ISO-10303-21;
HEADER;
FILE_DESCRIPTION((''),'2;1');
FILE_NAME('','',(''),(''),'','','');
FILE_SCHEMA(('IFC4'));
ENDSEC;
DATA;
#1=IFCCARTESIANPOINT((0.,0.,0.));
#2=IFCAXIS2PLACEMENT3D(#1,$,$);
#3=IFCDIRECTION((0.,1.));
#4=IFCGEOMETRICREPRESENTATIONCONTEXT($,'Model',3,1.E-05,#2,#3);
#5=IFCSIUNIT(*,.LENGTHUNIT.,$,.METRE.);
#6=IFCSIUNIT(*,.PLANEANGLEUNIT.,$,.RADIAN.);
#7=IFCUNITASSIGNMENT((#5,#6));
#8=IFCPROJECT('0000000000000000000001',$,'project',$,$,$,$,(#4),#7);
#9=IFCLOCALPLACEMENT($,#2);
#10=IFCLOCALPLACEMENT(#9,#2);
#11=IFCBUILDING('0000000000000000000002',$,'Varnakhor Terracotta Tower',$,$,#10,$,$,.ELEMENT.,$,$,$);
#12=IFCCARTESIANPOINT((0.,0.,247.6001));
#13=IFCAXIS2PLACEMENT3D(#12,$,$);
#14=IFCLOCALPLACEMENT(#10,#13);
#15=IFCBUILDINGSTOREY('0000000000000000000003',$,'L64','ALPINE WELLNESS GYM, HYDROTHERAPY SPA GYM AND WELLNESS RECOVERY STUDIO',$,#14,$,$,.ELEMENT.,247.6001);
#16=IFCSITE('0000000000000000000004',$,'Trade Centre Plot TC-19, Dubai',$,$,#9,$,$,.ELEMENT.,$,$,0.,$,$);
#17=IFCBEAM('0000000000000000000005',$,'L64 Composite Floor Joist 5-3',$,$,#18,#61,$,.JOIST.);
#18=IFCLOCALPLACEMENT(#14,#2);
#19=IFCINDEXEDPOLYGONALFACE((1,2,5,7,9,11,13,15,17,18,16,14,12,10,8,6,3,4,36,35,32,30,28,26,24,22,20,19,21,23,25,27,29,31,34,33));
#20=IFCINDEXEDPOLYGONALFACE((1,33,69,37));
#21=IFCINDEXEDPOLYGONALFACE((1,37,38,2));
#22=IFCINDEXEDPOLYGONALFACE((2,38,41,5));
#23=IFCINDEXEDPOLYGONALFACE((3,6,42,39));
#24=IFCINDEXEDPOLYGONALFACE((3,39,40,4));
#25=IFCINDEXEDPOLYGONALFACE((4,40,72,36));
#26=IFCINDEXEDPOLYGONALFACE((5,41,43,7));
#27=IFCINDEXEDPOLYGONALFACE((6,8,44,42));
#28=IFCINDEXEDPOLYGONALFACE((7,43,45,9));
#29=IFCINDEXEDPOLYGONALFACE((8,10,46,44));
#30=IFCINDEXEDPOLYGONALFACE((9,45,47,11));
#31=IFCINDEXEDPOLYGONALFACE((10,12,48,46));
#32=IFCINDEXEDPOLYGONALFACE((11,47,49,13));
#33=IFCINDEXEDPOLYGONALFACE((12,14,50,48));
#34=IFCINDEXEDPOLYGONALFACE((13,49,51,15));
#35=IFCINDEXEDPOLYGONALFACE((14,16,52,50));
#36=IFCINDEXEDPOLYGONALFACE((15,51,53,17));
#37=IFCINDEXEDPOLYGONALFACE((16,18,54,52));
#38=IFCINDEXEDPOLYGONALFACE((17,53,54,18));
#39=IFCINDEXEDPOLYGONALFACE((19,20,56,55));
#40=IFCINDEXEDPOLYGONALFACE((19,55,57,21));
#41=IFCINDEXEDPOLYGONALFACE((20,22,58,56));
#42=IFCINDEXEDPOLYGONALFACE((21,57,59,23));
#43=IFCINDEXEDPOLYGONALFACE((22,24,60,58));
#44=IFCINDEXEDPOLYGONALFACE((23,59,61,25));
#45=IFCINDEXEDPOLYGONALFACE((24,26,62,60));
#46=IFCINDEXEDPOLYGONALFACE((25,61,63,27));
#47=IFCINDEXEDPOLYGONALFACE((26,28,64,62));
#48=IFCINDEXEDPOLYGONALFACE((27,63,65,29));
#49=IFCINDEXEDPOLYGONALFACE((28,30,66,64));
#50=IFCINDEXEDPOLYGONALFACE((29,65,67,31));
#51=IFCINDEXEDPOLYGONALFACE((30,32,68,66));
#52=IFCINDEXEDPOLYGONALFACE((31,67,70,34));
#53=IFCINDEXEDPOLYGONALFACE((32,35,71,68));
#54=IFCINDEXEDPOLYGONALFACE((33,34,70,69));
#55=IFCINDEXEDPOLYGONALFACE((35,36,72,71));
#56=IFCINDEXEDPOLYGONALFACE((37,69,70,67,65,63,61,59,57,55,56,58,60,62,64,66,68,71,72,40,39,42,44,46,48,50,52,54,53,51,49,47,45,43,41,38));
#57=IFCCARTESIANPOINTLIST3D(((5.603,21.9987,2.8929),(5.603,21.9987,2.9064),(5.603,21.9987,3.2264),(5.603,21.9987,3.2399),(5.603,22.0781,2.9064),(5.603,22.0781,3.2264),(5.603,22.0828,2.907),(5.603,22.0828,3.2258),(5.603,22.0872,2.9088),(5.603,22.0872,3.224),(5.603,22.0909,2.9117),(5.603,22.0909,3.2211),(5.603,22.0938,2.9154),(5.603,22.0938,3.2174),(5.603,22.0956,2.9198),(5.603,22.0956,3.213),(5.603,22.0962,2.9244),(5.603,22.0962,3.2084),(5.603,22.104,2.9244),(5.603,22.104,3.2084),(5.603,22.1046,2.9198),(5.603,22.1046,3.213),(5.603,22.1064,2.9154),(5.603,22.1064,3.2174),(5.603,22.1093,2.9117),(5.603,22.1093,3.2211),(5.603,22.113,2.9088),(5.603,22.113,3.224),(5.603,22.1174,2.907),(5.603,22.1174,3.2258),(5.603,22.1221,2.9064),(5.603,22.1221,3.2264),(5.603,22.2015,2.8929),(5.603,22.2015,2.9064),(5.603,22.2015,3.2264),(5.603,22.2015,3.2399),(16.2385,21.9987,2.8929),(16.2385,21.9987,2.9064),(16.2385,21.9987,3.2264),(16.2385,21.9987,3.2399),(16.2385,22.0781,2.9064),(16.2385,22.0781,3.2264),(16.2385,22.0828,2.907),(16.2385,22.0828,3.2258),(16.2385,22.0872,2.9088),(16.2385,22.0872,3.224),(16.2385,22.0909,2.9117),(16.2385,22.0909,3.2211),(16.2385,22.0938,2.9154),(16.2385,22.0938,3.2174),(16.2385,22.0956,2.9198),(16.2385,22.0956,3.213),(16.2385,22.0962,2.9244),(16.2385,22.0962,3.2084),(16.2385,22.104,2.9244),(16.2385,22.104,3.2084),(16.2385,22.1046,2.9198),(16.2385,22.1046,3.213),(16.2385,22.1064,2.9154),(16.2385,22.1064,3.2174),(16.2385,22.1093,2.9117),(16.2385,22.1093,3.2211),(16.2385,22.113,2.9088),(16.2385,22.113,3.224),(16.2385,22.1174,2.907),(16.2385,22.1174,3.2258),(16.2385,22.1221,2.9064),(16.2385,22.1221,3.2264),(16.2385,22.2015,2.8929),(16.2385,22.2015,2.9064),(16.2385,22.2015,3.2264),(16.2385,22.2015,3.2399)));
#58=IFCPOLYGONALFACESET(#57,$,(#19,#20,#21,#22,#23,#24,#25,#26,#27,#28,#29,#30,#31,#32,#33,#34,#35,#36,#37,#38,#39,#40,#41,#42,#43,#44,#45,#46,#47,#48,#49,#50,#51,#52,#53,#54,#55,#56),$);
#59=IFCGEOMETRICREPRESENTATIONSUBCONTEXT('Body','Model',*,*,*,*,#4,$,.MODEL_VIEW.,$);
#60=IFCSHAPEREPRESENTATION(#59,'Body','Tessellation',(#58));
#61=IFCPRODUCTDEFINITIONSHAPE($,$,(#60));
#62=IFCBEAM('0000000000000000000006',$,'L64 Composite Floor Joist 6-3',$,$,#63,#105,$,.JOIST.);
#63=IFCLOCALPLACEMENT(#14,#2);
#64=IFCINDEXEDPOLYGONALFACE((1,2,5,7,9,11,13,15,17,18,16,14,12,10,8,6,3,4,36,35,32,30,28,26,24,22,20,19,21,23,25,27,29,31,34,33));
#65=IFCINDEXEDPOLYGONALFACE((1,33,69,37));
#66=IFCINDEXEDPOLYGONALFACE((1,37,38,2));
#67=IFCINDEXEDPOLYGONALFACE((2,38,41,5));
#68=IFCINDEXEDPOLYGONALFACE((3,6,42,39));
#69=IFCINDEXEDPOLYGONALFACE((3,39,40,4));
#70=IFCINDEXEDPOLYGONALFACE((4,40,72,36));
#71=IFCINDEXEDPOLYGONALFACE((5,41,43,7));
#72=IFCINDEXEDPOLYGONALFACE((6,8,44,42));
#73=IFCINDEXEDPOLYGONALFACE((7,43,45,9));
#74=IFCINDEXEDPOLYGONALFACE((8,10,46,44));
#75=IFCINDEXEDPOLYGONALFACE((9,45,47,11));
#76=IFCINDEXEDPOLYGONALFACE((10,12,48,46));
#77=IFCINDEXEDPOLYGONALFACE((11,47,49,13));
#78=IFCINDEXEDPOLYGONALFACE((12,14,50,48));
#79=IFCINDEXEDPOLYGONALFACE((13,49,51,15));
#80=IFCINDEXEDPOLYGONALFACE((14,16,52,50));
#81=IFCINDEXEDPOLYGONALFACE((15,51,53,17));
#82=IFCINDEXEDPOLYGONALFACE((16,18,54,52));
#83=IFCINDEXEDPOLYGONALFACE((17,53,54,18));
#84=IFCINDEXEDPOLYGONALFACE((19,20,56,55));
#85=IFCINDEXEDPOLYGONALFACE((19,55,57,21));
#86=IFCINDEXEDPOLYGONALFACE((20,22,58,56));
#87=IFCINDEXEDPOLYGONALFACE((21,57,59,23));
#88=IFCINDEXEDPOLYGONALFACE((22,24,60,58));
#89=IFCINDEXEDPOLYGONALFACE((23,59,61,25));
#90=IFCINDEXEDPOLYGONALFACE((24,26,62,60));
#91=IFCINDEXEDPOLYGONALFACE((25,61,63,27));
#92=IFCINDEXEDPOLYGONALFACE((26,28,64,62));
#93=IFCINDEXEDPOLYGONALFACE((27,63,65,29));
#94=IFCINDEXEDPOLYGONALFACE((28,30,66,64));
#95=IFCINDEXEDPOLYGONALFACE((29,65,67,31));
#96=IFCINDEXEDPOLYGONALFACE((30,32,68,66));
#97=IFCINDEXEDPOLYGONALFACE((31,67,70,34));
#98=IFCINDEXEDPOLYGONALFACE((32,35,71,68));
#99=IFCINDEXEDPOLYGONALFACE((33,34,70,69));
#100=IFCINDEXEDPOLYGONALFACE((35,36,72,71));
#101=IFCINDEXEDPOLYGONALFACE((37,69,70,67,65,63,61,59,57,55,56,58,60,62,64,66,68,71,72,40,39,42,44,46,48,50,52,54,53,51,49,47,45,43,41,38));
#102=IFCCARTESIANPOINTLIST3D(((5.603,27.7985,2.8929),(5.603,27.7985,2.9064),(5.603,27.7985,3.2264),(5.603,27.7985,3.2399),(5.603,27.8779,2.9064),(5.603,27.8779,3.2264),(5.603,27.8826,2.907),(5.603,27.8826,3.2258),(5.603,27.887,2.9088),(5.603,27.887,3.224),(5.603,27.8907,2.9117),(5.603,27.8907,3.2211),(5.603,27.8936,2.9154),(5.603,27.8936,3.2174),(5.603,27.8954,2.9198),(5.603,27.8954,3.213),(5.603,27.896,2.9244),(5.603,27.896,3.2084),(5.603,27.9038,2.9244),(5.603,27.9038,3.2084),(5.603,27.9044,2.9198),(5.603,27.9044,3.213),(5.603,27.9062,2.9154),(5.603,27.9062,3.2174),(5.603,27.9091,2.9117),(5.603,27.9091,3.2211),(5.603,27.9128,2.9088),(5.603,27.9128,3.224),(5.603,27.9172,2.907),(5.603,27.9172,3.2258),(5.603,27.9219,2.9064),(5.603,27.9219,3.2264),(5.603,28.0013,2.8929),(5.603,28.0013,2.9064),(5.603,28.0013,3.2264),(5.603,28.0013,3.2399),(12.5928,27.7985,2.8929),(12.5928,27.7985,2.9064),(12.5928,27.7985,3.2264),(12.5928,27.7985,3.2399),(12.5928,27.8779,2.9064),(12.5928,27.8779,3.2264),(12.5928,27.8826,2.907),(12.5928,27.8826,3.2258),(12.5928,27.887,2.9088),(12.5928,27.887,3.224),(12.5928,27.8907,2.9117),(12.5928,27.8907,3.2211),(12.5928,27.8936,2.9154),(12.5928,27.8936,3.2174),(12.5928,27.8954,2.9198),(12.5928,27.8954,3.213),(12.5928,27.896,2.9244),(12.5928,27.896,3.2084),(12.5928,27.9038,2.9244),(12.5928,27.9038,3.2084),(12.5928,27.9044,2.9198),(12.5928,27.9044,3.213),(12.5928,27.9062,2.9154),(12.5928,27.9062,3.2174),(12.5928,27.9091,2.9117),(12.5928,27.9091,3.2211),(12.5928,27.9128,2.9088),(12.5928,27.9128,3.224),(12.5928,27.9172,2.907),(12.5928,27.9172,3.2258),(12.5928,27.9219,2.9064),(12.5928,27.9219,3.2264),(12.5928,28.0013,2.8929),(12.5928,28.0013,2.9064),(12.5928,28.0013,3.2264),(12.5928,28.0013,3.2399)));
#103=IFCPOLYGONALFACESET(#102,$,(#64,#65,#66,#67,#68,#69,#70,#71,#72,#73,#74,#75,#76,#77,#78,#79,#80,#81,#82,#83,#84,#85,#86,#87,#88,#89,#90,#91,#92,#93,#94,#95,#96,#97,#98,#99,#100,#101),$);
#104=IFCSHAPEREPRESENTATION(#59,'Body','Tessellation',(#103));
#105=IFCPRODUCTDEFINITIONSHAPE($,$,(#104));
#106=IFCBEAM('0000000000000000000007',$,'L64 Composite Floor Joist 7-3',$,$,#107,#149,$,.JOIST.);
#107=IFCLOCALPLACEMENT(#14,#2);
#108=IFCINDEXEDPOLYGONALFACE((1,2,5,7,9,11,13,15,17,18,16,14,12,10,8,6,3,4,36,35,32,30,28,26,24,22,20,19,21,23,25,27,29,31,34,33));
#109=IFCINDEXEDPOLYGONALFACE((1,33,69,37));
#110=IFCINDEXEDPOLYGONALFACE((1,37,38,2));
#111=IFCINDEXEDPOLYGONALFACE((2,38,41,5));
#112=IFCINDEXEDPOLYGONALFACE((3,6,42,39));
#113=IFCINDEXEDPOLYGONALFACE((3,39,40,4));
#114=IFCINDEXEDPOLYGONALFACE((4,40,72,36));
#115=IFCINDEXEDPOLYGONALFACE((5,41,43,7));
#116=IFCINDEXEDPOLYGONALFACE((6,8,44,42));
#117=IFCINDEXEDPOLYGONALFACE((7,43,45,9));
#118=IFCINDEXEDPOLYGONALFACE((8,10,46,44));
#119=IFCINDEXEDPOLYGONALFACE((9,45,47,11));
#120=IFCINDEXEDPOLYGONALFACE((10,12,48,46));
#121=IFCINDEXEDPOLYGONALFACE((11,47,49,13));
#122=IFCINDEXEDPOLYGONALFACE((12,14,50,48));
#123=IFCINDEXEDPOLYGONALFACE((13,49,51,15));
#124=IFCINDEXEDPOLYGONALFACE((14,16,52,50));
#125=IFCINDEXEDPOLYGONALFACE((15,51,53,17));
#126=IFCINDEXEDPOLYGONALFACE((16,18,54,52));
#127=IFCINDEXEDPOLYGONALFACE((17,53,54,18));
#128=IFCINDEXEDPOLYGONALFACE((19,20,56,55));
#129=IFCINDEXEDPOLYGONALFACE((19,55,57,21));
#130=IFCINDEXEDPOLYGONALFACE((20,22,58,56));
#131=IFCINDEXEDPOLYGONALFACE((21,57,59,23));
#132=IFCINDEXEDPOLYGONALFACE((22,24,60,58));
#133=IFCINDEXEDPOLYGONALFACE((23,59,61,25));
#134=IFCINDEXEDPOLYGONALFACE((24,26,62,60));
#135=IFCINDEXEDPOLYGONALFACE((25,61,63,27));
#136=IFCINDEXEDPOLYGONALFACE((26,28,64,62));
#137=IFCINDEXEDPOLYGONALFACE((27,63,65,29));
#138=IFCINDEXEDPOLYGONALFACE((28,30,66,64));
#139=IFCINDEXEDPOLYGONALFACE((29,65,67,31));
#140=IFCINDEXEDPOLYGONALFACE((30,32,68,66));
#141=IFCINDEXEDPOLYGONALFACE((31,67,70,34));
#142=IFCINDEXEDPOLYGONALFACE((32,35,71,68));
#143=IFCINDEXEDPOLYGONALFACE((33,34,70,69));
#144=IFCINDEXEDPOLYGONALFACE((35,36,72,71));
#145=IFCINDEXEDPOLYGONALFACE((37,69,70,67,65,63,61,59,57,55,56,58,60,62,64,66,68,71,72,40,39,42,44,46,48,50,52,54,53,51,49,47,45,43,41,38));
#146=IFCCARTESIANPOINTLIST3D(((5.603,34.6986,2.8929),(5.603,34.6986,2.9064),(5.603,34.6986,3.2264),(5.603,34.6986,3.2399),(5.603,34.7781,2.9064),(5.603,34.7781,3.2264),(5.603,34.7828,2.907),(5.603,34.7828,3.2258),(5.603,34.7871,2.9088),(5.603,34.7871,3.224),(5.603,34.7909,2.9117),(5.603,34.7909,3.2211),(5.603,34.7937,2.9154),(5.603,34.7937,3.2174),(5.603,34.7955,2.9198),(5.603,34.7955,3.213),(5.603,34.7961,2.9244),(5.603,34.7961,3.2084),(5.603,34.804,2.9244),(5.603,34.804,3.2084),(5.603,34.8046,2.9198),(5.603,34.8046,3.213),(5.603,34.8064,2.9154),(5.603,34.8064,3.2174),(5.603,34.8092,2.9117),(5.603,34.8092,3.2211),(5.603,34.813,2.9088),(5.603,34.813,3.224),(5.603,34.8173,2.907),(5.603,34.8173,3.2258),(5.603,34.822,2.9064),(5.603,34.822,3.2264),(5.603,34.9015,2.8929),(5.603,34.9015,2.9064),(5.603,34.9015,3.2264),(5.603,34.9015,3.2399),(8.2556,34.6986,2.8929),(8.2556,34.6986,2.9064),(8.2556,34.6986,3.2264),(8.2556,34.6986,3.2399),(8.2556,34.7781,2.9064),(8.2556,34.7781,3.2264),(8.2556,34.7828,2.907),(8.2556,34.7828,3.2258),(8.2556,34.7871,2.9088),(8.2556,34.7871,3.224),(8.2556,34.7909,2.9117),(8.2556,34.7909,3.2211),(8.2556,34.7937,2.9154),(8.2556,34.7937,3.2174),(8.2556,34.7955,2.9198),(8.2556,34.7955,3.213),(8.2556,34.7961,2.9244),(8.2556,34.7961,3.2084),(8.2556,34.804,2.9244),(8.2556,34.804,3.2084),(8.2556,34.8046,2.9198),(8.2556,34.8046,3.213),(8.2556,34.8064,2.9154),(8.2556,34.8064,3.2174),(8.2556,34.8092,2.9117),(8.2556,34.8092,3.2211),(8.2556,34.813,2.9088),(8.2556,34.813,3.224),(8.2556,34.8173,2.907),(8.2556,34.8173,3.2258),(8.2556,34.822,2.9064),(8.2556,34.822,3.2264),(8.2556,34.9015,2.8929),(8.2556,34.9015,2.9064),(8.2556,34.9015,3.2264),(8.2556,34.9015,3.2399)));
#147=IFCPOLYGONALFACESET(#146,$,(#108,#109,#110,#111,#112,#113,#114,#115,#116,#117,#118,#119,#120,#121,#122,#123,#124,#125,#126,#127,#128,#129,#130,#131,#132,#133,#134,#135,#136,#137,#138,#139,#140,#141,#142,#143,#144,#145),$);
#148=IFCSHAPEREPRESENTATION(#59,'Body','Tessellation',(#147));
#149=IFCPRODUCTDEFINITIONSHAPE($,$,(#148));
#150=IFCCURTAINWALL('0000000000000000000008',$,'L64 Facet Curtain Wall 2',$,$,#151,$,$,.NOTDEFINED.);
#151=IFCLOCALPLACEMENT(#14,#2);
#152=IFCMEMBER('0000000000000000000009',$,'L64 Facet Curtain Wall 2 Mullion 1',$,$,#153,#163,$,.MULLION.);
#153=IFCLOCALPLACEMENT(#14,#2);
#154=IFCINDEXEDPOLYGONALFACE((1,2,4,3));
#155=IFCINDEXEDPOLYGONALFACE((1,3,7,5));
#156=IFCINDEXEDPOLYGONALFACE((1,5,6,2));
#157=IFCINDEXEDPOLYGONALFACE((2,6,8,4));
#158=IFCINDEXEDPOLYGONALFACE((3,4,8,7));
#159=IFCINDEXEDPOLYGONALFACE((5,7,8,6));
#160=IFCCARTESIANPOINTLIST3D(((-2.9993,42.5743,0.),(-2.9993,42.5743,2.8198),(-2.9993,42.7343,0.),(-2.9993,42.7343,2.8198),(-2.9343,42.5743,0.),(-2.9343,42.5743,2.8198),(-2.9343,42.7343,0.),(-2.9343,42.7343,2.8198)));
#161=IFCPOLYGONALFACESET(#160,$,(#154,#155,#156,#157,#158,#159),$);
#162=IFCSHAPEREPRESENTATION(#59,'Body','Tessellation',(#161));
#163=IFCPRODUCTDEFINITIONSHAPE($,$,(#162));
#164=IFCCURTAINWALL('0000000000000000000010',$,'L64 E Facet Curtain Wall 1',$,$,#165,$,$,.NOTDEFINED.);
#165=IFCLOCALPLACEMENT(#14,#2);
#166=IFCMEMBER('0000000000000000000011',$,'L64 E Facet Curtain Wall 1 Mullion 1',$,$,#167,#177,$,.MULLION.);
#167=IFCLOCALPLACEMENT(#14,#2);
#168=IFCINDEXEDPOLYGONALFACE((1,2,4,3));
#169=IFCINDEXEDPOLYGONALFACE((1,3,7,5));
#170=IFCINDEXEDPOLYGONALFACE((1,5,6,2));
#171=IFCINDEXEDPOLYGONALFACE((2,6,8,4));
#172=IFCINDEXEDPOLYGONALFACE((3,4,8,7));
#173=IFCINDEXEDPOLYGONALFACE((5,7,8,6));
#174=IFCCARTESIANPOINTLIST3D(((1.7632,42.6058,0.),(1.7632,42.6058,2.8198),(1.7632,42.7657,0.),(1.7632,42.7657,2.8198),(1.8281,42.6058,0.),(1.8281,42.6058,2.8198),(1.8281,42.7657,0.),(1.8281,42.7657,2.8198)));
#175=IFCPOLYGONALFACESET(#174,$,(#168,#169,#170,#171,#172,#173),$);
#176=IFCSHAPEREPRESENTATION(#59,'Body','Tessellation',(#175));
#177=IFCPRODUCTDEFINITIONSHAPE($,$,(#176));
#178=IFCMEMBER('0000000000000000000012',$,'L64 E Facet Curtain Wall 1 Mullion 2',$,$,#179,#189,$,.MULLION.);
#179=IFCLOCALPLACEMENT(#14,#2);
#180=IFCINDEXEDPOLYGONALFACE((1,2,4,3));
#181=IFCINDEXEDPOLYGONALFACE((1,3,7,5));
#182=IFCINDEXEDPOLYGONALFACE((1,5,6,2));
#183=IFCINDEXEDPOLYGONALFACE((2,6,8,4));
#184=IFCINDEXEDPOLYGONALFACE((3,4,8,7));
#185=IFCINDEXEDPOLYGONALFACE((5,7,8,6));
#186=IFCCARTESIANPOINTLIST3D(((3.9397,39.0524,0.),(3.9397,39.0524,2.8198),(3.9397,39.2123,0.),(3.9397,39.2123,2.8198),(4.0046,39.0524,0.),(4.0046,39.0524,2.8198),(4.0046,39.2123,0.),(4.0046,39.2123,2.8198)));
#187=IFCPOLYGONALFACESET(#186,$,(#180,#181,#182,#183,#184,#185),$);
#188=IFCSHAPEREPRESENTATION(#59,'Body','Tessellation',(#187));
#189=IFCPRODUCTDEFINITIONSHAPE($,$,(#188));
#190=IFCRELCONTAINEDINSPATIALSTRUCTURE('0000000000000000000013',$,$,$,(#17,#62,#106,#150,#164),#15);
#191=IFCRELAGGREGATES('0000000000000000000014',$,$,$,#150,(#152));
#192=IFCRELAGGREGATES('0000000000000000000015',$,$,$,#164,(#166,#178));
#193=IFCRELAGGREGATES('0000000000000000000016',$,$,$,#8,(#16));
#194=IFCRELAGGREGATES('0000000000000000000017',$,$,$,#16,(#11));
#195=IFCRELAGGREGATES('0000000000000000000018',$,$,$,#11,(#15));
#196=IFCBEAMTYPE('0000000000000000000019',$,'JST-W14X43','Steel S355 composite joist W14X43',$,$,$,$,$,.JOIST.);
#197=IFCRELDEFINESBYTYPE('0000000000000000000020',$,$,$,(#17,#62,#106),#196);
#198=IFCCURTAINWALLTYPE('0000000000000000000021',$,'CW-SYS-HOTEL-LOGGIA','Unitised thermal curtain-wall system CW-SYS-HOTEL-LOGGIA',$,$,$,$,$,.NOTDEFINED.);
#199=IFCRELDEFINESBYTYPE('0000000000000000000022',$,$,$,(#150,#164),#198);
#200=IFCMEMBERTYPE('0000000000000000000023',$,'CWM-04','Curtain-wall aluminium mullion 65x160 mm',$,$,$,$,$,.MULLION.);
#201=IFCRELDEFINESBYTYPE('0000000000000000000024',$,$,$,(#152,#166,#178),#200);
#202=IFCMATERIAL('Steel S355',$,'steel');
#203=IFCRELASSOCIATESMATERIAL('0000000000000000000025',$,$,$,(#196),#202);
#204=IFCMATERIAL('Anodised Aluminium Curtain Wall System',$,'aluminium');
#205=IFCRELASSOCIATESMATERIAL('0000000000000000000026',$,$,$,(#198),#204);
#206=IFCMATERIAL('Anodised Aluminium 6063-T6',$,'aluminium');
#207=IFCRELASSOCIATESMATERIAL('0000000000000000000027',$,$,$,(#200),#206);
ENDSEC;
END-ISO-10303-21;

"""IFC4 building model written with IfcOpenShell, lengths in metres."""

from ifc_helpers import new_model, si_unit, direction, frame, origin, origin_2d, place, context, subcontext, project, spatial, rectangle, i_section, extrude, source, transform, mapped, material, material_profile, profile_set, type_object, element, aggregate, save


model = new_model("IFC4")

# Units and contexts
model_context = context("Model", 3, precision=1e-05, world=origin(), true_north=direction((0.0, 1.0)))
body_context = subcontext(model_context, "Body", "Model", "MODEL_VIEW")
ifc_project = project(units=[si_unit("LENGTHUNIT", "METRE"), si_unit("PLANEANGLEUNIT", "RADIAN")], contexts=[model_context])

# Site, building, storey
site_placement = place(None, origin())
site = spatial("IfcSite", under=ifc_project, at=site_placement, Name="Trade Centre Plot TC-19, Dubai", CompositionType="ELEMENT", RefElevation=0.0)
building_placement = place(site_placement, origin())
building = spatial("IfcBuilding", under=site, at=building_placement, Name="Varnakhor Terracotta Tower", CompositionType="ELEMENT")
storey_placement = place(building_placement, frame((0.0, 0.0, 247.6001)))
storey = spatial("IfcBuildingStorey", under=building, at=storey_placement, Name="L64", Description="ALPINE WELLNESS GYM, HYDROTHERAPY SPA GYM AND WELLNESS RECOVERY STUDIO", CompositionType="ELEMENT", Elevation=247.6001)

# Beams
ifc_material_1 = material(Name="Steel S355", Category="steel")
ifc_material_profile_1 = material_profile(ifc_material_1, i_section(OverallWidth=0.2029, OverallDepth=0.3469, WebThickness=0.0078, FlangeThickness=0.0134, FilletRadius=0.0181, at=origin_2d()), Name="W14X43")
ifc_profile_set_1 = profile_set([ifc_material_profile_1], Name="Steel S355")
beam_type_1 = type_object("IfcBeamType", Name="JST-W14X43", Description="Steel S355 composite joist W14X43", PredefinedType="JOIST", material=ifc_profile_set_1)
shared_shape_1 = source(origin(), body_context, "Body", "SweptSolid", [
    extrude(i_section(OverallWidth=0.2029, OverallDepth=0.3469, WebThickness=0.0078, FlangeThickness=0.0134, FilletRadius=0.0181, at=origin_2d()), origin(), (0.0, 0.0, 1.0), 10.6355),
])
beam_1_placement = place(storey_placement, frame((5.603, 22.1001, 3.0664), z_axis=(1.0, 0.0, 0.0), x_axis=(0.0, 1.0, 0.0)))
element("IfcBeam", 1, at=beam_1_placement, inside=storey, type_object=beam_type_1, Name="L64 Composite Floor Joist 5-3", PredefinedType="JOIST", context=body_context, shape_type="MappedRepresentation", body=[
    mapped(shared_shape_1, transform((0.0, 0.0, 0.0), scale=1.0)),
])
shared_shape_2 = source(origin(), body_context, "Body", "SweptSolid", [
    extrude(i_section(OverallWidth=0.2029, OverallDepth=0.3469, WebThickness=0.0078, FlangeThickness=0.0134, FilletRadius=0.0181, at=origin_2d()), origin(), (0.0, 0.0, 1.0), 6.9897),
])
beam_2_placement = place(storey_placement, frame((5.603, 27.8999, 3.0664), z_axis=(1.0, 0.0, 0.0), x_axis=(0.0, 1.0, 0.0)))
element("IfcBeam", 2, at=beam_2_placement, inside=storey, type_object=beam_type_1, Name="L64 Composite Floor Joist 6-3", PredefinedType="JOIST", context=body_context, shape_type="MappedRepresentation", body=[
    mapped(shared_shape_2, transform((0.0, 0.0, 0.0), scale=1.0)),
])
shared_shape_3 = source(origin(), body_context, "Body", "SweptSolid", [
    extrude(i_section(OverallWidth=0.2029, OverallDepth=0.3469, WebThickness=0.0078, FlangeThickness=0.0134, FilletRadius=0.0181, at=origin_2d()), origin(), (0.0, 0.0, 1.0), 2.6526),
])
beam_3_placement = place(storey_placement, frame((5.603, 34.8, 3.0664), z_axis=(1.0, 0.0, 0.0), x_axis=(0.0, 1.0, 0.0)))
element("IfcBeam", 3, at=beam_3_placement, inside=storey, type_object=beam_type_1, Name="L64 Composite Floor Joist 7-3", PredefinedType="JOIST", context=body_context, shape_type="MappedRepresentation", body=[
    mapped(shared_shape_3, transform((0.0, 0.0, 0.0), scale=1.0)),
])

# Curtain wall, member
ifc_material_2 = material(Name="Anodised Aluminium Curtain Wall System", Category="aluminium")
curtain_wall_type = type_object("IfcCurtainWallType", Name="CW-SYS-HOTEL-LOGGIA", Description="Unitised thermal curtain-wall system CW-SYS-HOTEL-LOGGIA", PredefinedType="NOTDEFINED", material=ifc_material_2)
curtain_wall_1_placement = place(storey_placement, origin())
curtain_wall_1 = element("IfcCurtainWall", 4, at=curtain_wall_1_placement, inside=storey, type_object=curtain_wall_type, Name="L64 Facet Curtain Wall 2", PredefinedType="NOTDEFINED")
ifc_material_3 = material(Name="Anodised Aluminium 6063-T6", Category="aluminium")
ifc_material_profile_2 = material_profile(ifc_material_3, rectangle(XDim=0.0649, YDim=0.1599, at=origin_2d()), Name="ALU MULLION 65x160")
ifc_profile_set_2 = profile_set([ifc_material_profile_2], Name="Anodised Aluminium 6063-T6")
member_type_1 = type_object("IfcMemberType", Name="CWM-04", Description="Curtain-wall aluminium mullion 65x160 mm", PredefinedType="MULLION", material=ifc_profile_set_2)
shared_shape_4 = source(origin(), body_context, "Body", "SweptSolid", [
    extrude(rectangle(XDim=0.0649, YDim=0.1599, at=origin_2d()), origin(), (0.0, 0.0, 1.0), 2.8198),
])
member_1_placement = place(storey_placement, frame((-2.9668, 42.6543, 0.0), z_axis=(0.0, 0.0, 1.0), x_axis=(1.0, 0.0, 0.0)))
member_1 = element("IfcMember", 5, at=member_1_placement, type_object=member_type_1, Name="L64 Facet Curtain Wall 2 Mullion 1", PredefinedType="MULLION", context=body_context, shape_type="MappedRepresentation", body=[
    mapped(shared_shape_4, transform((0.0, 0.0, 0.0), scale=1.0)),
])

# Curtain wall, members
curtain_wall_2_placement = place(storey_placement, origin())
curtain_wall_2 = element("IfcCurtainWall", 6, at=curtain_wall_2_placement, inside=storey, type_object=curtain_wall_type, Name="L64 E Facet Curtain Wall 1", PredefinedType="NOTDEFINED")
member_2_placement = place(storey_placement, frame((1.7957, 42.6858, 0.0), z_axis=(0.0, 0.0, 1.0), x_axis=(1.0, 0.0, 0.0)))
member_2 = element("IfcMember", 7, at=member_2_placement, type_object=member_type_1, Name="L64 E Facet Curtain Wall 1 Mullion 1", PredefinedType="MULLION", context=body_context, shape_type="MappedRepresentation", body=[
    mapped(shared_shape_4, transform((0.0, 0.0, 0.0), scale=1.0)),
])
member_3_placement = place(storey_placement, frame((3.9722, 39.1323, 0.0), z_axis=(0.0, 0.0, 1.0), x_axis=(1.0, 0.0, 0.0)))
member_3 = element("IfcMember", 8, at=member_3_placement, type_object=member_type_1, Name="L64 E Facet Curtain Wall 1 Mullion 2", PredefinedType="MULLION", context=body_context, shape_type="MappedRepresentation", body=[
    mapped(shared_shape_4, transform((0.0, 0.0, 0.0), scale=1.0)),
])

aggregate(curtain_wall_1, [member_1])
aggregate(curtain_wall_2, [member_2, member_3])

save(model, "model.ifc")
